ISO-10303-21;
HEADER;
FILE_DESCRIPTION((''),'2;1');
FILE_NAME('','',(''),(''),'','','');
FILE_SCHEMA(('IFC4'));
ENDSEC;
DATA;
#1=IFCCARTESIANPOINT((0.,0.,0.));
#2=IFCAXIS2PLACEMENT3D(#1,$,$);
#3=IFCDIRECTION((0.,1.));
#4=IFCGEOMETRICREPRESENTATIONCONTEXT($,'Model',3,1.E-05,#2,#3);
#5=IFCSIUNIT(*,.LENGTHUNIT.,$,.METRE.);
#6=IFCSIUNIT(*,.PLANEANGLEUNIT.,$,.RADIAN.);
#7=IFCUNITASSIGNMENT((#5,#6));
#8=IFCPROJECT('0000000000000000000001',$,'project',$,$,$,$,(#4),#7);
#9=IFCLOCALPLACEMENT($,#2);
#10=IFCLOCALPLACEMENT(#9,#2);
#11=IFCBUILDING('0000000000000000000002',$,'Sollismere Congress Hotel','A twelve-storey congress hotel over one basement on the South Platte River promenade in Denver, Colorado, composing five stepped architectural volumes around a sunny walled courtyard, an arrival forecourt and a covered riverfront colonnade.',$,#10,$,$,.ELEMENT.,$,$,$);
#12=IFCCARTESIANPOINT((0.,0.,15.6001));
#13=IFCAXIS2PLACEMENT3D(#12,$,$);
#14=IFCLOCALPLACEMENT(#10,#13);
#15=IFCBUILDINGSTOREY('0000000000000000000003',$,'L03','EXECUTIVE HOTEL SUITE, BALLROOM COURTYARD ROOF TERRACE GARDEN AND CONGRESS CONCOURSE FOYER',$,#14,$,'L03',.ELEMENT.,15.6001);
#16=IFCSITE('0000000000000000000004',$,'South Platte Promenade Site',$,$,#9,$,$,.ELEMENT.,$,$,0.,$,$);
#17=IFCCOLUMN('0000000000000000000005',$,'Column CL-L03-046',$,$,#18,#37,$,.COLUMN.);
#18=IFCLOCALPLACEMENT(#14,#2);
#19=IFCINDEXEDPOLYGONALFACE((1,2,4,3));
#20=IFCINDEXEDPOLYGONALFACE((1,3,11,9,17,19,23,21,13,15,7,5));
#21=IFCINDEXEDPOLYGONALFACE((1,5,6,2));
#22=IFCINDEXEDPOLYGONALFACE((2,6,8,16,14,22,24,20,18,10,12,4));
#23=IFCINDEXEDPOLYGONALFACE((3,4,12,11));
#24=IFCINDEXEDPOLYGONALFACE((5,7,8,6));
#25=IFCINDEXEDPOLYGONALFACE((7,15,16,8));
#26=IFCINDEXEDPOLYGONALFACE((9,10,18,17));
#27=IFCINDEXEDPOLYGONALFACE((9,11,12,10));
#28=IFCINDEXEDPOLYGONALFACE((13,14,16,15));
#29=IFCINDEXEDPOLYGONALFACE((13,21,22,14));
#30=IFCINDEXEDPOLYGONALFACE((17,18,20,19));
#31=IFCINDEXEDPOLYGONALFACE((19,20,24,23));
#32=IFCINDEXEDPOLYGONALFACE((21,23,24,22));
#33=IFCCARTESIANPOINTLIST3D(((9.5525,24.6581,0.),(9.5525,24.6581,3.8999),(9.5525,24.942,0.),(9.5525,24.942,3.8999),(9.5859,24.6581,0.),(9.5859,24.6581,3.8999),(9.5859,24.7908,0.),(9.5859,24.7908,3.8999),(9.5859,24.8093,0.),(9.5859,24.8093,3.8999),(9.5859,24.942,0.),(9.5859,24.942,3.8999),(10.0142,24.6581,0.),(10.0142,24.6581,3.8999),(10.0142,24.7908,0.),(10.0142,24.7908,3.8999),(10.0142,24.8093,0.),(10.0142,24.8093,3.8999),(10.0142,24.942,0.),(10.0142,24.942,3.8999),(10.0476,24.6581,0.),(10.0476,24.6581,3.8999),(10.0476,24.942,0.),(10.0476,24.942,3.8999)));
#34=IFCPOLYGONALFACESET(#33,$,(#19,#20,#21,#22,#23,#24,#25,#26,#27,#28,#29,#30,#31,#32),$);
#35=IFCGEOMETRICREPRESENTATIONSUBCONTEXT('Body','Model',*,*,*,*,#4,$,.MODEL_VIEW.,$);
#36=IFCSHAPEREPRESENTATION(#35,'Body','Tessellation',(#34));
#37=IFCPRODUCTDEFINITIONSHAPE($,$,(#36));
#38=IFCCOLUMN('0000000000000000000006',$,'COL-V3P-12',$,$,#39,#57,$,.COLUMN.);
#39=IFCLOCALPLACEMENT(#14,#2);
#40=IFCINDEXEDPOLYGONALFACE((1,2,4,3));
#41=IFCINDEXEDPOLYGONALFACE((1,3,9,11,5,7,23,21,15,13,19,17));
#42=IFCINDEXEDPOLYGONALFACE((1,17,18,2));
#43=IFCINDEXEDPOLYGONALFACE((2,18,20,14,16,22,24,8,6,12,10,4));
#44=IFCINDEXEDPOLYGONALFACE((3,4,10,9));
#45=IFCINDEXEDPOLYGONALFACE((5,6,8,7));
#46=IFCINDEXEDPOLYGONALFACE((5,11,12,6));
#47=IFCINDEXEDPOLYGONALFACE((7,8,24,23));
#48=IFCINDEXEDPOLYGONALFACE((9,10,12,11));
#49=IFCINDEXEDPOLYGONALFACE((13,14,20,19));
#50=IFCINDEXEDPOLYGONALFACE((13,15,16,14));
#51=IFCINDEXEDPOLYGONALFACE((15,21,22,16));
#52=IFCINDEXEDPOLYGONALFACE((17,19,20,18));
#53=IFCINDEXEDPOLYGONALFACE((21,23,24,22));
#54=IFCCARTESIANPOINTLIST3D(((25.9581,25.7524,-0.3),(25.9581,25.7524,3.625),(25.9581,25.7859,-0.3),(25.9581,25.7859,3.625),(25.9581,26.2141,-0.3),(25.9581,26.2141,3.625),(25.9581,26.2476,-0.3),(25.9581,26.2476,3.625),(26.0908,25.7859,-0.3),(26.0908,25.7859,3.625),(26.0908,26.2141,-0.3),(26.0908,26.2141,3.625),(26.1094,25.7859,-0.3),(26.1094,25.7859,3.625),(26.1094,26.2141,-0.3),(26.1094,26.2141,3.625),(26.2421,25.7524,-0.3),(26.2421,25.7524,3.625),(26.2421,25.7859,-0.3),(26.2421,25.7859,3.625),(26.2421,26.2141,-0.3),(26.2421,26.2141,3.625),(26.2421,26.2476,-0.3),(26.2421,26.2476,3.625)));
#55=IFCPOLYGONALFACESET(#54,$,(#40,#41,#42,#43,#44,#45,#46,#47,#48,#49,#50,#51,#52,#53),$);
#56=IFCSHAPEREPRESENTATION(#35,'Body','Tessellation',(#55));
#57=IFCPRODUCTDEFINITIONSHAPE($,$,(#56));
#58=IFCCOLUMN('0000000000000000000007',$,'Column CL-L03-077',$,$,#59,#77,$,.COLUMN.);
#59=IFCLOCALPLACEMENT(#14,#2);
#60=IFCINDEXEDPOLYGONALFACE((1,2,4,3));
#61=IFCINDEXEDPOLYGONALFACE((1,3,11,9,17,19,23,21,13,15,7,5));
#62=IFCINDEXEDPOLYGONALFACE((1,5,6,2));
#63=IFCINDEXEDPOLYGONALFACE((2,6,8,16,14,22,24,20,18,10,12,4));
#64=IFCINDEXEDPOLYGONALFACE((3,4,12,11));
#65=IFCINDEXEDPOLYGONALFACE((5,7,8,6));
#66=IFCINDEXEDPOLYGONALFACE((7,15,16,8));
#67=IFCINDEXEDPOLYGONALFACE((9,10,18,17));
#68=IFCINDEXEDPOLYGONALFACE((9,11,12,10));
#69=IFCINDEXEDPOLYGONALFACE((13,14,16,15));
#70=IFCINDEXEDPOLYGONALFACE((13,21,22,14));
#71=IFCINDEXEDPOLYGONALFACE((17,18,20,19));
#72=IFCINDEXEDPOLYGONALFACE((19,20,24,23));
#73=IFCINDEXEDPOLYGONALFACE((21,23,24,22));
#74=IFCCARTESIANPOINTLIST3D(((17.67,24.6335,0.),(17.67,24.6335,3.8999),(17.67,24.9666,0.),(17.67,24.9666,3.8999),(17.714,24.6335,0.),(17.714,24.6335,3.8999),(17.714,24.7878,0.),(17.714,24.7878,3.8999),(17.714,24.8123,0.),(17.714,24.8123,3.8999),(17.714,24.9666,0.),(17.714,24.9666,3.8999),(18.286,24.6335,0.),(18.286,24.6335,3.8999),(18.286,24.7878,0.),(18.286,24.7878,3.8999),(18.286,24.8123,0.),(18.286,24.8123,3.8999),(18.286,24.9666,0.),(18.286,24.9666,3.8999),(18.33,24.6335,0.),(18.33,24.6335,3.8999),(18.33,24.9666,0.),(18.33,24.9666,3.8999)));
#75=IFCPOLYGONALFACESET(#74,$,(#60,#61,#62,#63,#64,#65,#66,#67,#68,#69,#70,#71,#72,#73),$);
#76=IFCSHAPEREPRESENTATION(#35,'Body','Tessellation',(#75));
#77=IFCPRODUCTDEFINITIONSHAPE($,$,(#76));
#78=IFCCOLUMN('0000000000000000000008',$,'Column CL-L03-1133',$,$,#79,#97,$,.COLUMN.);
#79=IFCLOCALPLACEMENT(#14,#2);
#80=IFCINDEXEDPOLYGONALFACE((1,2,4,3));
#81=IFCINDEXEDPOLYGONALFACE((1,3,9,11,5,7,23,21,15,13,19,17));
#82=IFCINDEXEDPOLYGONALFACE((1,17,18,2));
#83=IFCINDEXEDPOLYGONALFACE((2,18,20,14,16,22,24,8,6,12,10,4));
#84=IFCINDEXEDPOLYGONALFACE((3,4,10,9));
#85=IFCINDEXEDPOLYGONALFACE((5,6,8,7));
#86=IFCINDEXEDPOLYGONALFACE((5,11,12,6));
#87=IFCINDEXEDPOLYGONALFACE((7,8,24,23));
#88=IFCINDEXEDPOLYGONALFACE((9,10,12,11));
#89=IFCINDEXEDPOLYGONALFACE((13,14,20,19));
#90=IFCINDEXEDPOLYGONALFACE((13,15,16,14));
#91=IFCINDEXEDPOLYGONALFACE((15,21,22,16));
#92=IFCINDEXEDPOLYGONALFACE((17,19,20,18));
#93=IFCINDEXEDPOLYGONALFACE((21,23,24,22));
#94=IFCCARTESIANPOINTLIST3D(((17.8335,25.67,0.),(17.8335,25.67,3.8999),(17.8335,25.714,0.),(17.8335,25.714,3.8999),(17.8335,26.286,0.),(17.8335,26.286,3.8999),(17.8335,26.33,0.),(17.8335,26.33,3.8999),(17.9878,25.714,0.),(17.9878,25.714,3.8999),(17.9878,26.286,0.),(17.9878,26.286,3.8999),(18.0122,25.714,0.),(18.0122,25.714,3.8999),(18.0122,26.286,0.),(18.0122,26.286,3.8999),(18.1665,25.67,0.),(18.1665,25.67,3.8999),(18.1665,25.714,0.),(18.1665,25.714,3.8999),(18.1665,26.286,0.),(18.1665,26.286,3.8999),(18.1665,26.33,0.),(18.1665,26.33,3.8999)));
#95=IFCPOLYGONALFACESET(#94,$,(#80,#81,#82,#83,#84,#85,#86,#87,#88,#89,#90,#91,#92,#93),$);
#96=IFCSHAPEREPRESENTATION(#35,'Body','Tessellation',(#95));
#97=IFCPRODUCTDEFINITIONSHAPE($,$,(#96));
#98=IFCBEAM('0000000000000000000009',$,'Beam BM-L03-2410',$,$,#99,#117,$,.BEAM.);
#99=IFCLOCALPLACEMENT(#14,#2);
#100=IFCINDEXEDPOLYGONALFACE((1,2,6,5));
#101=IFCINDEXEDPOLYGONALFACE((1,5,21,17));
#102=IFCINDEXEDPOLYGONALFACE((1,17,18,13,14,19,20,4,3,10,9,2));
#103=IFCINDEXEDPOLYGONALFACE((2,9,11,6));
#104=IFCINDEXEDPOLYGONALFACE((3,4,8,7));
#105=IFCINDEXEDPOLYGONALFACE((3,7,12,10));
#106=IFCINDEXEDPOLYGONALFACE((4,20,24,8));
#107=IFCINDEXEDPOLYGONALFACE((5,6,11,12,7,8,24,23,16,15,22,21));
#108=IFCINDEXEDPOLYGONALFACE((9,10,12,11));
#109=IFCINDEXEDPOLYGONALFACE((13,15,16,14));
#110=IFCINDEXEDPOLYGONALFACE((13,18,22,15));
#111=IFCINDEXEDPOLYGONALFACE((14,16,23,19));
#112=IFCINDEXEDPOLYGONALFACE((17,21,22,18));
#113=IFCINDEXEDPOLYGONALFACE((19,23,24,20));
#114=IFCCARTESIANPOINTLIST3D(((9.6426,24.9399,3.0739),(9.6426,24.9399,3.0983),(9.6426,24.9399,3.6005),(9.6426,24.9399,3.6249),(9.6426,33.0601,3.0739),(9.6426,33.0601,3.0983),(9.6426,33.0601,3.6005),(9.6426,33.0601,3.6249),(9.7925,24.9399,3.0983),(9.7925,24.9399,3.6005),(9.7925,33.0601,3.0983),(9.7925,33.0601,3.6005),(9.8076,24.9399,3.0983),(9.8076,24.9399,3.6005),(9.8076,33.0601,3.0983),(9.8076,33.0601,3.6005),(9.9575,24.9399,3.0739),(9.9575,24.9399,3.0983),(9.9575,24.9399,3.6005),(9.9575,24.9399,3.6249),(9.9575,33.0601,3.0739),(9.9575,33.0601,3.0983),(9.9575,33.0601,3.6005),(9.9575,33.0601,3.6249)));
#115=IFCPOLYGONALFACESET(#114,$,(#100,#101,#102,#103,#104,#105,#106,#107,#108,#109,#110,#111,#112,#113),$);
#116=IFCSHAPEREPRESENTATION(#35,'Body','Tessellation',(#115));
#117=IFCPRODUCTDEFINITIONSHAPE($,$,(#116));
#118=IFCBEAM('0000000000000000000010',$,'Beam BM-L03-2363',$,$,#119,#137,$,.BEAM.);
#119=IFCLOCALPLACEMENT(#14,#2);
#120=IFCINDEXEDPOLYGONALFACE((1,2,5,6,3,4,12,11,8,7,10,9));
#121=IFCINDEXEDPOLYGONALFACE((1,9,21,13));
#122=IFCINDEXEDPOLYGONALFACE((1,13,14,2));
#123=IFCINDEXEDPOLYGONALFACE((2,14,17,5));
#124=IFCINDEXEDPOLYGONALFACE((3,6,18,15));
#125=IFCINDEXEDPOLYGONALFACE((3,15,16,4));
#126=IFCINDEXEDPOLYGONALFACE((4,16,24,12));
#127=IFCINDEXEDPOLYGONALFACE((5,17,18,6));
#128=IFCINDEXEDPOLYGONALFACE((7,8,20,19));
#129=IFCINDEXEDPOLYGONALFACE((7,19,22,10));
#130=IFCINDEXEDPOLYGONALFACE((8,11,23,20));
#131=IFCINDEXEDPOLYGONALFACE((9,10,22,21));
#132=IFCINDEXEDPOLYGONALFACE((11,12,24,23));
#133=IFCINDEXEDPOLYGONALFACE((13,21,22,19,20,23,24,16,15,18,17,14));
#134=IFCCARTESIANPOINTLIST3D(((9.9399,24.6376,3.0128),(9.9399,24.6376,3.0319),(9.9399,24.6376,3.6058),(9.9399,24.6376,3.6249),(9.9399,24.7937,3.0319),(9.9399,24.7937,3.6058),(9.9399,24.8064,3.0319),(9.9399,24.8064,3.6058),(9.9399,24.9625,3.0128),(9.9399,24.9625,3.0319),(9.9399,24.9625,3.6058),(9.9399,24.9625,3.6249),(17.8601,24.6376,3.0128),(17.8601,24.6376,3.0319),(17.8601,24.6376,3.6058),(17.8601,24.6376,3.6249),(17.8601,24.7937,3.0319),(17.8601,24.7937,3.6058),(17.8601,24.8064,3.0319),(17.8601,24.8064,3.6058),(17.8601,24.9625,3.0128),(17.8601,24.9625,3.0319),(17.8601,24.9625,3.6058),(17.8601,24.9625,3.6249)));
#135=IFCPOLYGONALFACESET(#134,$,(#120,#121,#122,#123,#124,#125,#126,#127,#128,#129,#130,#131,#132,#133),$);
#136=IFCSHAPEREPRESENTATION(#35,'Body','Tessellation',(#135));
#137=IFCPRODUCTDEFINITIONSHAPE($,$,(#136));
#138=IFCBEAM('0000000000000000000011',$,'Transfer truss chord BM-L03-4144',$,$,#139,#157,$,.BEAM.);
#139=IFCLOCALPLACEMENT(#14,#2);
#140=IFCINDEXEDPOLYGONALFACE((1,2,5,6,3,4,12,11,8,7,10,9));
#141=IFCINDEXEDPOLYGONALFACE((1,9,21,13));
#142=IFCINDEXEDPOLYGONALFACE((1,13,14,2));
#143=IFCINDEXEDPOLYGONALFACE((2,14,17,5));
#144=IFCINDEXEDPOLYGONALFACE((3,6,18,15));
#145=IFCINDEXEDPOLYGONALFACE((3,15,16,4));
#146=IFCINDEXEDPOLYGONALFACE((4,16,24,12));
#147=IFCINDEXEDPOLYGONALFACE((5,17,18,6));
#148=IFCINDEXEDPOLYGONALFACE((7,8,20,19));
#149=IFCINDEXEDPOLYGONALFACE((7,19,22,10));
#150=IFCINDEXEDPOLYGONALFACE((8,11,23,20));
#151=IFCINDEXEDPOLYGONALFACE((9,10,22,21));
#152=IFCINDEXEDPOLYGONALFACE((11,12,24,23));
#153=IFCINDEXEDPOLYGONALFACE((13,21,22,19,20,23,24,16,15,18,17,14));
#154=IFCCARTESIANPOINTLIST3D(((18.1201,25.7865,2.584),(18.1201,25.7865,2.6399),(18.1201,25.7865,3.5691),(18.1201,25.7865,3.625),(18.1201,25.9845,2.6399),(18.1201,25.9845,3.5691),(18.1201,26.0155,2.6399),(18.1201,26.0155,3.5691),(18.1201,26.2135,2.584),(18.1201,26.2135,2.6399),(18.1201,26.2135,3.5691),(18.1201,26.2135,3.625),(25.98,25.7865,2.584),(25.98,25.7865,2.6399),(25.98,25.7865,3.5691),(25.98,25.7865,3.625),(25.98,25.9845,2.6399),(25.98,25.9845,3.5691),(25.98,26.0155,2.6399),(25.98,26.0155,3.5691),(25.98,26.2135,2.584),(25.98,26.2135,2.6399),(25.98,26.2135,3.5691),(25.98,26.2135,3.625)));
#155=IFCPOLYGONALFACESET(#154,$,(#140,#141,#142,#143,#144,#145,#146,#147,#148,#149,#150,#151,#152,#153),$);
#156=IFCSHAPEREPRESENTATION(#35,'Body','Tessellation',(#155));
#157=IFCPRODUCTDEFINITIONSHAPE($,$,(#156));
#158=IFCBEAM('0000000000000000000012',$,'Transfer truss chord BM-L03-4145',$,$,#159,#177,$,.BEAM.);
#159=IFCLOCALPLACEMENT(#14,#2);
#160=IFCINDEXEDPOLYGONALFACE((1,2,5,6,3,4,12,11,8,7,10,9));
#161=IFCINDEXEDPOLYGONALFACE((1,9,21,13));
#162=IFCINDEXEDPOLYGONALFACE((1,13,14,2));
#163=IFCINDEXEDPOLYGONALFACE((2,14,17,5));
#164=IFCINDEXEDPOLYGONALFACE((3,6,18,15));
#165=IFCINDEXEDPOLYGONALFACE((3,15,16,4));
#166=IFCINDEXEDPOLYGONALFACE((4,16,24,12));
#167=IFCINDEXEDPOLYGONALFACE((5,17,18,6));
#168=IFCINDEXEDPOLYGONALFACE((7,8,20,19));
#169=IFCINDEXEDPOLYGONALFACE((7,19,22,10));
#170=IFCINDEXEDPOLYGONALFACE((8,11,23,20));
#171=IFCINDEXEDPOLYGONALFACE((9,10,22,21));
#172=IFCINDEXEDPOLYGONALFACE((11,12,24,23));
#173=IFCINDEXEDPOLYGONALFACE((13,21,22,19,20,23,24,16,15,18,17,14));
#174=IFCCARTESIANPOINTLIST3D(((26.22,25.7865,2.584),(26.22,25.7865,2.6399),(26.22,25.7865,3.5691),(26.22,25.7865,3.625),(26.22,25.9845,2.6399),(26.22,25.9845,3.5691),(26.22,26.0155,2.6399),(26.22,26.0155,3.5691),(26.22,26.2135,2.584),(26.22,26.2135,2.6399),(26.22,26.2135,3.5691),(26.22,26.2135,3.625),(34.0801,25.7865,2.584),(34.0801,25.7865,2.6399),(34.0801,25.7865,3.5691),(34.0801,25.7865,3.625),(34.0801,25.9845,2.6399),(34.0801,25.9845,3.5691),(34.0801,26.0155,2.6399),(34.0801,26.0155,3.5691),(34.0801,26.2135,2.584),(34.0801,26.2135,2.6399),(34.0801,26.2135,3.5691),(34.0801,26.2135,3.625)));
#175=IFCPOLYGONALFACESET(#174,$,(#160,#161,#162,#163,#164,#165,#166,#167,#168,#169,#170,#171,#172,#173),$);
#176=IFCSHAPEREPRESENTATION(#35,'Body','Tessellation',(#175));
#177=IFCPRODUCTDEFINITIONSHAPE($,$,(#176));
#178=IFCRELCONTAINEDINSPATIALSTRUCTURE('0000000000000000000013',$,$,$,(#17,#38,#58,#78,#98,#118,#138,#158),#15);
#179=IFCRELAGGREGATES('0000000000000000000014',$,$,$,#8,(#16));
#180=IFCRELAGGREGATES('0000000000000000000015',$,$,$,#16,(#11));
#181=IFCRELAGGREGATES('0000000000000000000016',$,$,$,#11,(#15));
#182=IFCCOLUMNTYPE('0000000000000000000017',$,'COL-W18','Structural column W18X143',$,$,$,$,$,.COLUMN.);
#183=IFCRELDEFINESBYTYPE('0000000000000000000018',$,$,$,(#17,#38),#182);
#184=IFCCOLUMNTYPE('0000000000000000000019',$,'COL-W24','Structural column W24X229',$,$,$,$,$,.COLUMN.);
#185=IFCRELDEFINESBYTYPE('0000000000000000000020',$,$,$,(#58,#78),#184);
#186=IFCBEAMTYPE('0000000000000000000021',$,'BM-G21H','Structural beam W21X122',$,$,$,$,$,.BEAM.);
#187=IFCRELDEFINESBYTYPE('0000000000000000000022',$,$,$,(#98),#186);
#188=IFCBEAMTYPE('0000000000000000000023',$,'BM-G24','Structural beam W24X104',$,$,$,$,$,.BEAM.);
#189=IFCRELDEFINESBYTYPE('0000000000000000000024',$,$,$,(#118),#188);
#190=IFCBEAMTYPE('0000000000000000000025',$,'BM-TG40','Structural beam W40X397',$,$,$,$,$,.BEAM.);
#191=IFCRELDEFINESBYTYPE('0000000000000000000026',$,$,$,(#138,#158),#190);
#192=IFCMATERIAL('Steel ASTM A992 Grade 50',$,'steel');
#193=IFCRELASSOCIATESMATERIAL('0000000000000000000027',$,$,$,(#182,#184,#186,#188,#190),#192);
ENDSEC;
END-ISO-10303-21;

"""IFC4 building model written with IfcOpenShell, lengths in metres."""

from ifc_helpers import new_model, si_unit, direction, frame, origin, origin_2d, place, context, subcontext, project, spatial, i_section, extrude, material, material_profile, profile_set, type_object, element, save


model = new_model("IFC4")

# Units and contexts
model_context = context("Model", 3, precision=1e-05, world=origin(), true_north=direction((0.0, 1.0)))
body_context = subcontext(model_context, "Body", "Model", "MODEL_VIEW")
ifc_project = project(units=[si_unit("LENGTHUNIT", "METRE"), si_unit("PLANEANGLEUNIT", "RADIAN")], contexts=[model_context])

# Site, building, storey
site_placement = place(None, origin())
site = spatial("IfcSite", under=ifc_project, at=site_placement, Name="South Platte Promenade Site", CompositionType="ELEMENT", RefElevation=0.0)
building_placement = place(site_placement, origin())
building = spatial("IfcBuilding", under=site, at=building_placement, Name="Sollismere Congress Hotel", Description="A twelve-storey congress hotel over one basement on the South Platte River promenade in Denver, Colorado, composing five stepped architectural volumes around a sunny walled courtyard, an arrival forecourt and a covered riverfront colonnade.", CompositionType="ELEMENT")
storey_placement = place(building_placement, frame((0.0, 0.0, 15.6001)))
storey = spatial("IfcBuildingStorey", under=building, at=storey_placement, Name="L03", Description="EXECUTIVE HOTEL SUITE, BALLROOM COURTYARD ROOF TERRACE GARDEN AND CONGRESS CONCOURSE FOYER", LongName="L03", CompositionType="ELEMENT", Elevation=15.6001)

# Columns
ifc_material_1 = material(Name="Steel ASTM A992 Grade 50", Category="steel")
ifc_material_profile_1 = material_profile(ifc_material_1, i_section(OverallWidth=0.2839, OverallDepth=0.4951, WebThickness=0.0186, FlangeThickness=0.0334, at=origin_2d()), Name="W18X143")
ifc_profile_set_1 = profile_set([ifc_material_profile_1], Name="Steel ASTM A992 Grade 50")
column_type_1 = type_object("IfcColumnType", Name="COL-W18", Description="Structural column W18X143", PredefinedType="COLUMN", material=ifc_profile_set_1)
column_1_placement = place(storey_placement, frame((9.8, 24.8, 0.0), z_axis=(0.0, 0.0, 1.0), x_axis=(0.0, 1.0, 0.0)))
element("IfcColumn", 1, at=column_1_placement, inside=storey, type_object=column_type_1, Name="Column CL-L03-046", PredefinedType="COLUMN", context=body_context, shape_type="SweptSolid", body=[
    extrude(i_section(OverallWidth=0.2839, OverallDepth=0.4951, WebThickness=0.0186, FlangeThickness=0.0334, at=origin_2d()), origin(), (0.0, 0.0, 1.0), 3.8999),
])
column_2_placement = place(storey_placement, frame((26.1001, 26.0, -0.3), z_axis=(0.0, 0.0, 1.0), x_axis=(1.0, 0.0, 0.0)))
element("IfcColumn", 2, at=column_2_placement, inside=storey, type_object=column_type_1, Name="COL-V3P-12", PredefinedType="COLUMN", context=body_context, shape_type="SweptSolid", body=[
    extrude(i_section(OverallWidth=0.2839, OverallDepth=0.4951, WebThickness=0.0186, FlangeThickness=0.0334, at=origin_2d()), origin(), (0.0, 0.0, 1.0), 3.925),
])
ifc_material_profile_2 = material_profile(ifc_material_1, i_section(OverallWidth=0.333, OverallDepth=0.6599, WebThickness=0.0244, FlangeThickness=0.0439, at=origin_2d()), Name="W24X229")
ifc_profile_set_2 = profile_set([ifc_material_profile_2], Name="Steel ASTM A992 Grade 50")
column_type_2 = type_object("IfcColumnType", Name="COL-W24", Description="Structural column W24X229", PredefinedType="COLUMN", material=ifc_profile_set_2)
for number, where, z_axis, x_axis, name in (
    (3, (18.0, 24.8, 0.0), (0.0, 0.0, 1.0), (0.0, 1.0, 0.0), "Column CL-L03-077"),
    (4, (18.0, 26.0, 0.0), (0.0, 0.0, 1.0), (1.0, 0.0, 0.0), "Column CL-L03-1133"),
):
    element("IfcColumn", number, at=place(storey_placement, frame(where, z_axis=z_axis, x_axis=x_axis)), inside=storey, type_object=column_type_2, Name=name, PredefinedType="COLUMN", context=body_context, shape_type="SweptSolid", body=[
        extrude(i_section(OverallWidth=0.333, OverallDepth=0.6599, WebThickness=0.0244, FlangeThickness=0.0439, at=origin_2d()), origin(), (0.0, 0.0, 1.0), 3.8999),
    ])

# Beams
ifc_material_profile_3 = material_profile(ifc_material_1, i_section(OverallWidth=0.3149, OverallDepth=0.551, WebThickness=0.0151, FlangeThickness=0.0244, at=origin_2d()), Name="W21X122")
ifc_profile_set_3 = profile_set([ifc_material_profile_3], Name="Steel ASTM A992 Grade 50")
beam_type_1 = type_object("IfcBeamType", Name="BM-G21H", Description="Structural beam W21X122", PredefinedType="BEAM", material=ifc_profile_set_3)
beam_1_placement = place(storey_placement, frame((9.8, 24.9399, 3.3494), z_axis=(0.0, 1.0, 0.0), x_axis=(-1.0, 0.0, 0.0)))
element("IfcBeam", 5, at=beam_1_placement, inside=storey, type_object=beam_type_1, Name="Beam BM-L03-2410", PredefinedType="BEAM", context=body_context, shape_type="SweptSolid", body=[
    extrude(i_section(OverallWidth=0.3149, OverallDepth=0.551, WebThickness=0.0151, FlangeThickness=0.0244, at=origin_2d()), origin(), (0.0, 0.0, 1.0), 8.1201),
])
ifc_material_profile_4 = material_profile(ifc_material_1, i_section(OverallWidth=0.325, OverallDepth=0.6121, WebThickness=0.0127, FlangeThickness=0.019, at=origin_2d()), Name="W24X104")
ifc_profile_set_4 = profile_set([ifc_material_profile_4], Name="Steel ASTM A992 Grade 50")
beam_type_2 = type_object("IfcBeamType", Name="BM-G24", Description="Structural beam W24X104", PredefinedType="BEAM", material=ifc_profile_set_4)
beam_2_placement = place(storey_placement, frame((9.9399, 24.8, 3.3188), z_axis=(1.0, 0.0, 0.0), x_axis=(0.0, 1.0, 0.0)))
element("IfcBeam", 6, at=beam_2_placement, inside=storey, type_object=beam_type_2, Name="Beam BM-L03-2363", PredefinedType="BEAM", context=body_context, shape_type="SweptSolid", body=[
    extrude(i_section(OverallWidth=0.325, OverallDepth=0.6121, WebThickness=0.0127, FlangeThickness=0.019, at=origin_2d()), origin(), (0.0, 0.0, 1.0), 7.9202),
])
ifc_material_profile_5 = material_profile(ifc_material_1, i_section(OverallWidth=0.427, OverallDepth=1.041, WebThickness=0.031, FlangeThickness=0.0559, at=origin_2d()), Name="W40X397")
ifc_profile_set_5 = profile_set([ifc_material_profile_5], Name="Steel ASTM A992 Grade 50")
beam_type_3 = type_object("IfcBeamType", Name="BM-TG40", Description="Structural beam W40X397", PredefinedType="BEAM", material=ifc_profile_set_5)
beam_3_placement = place(storey_placement, frame((18.1201, 26.0, 3.1045), z_axis=(1.0, 0.0, 0.0), x_axis=(0.0, 1.0, 0.0)))
element("IfcBeam", 7, at=beam_3_placement, inside=storey, type_object=beam_type_3, Name="Transfer truss chord BM-L03-4144", PredefinedType="BEAM", context=body_context, shape_type="SweptSolid", body=[
    extrude(i_section(OverallWidth=0.427, OverallDepth=1.041, WebThickness=0.031, FlangeThickness=0.0559, at=origin_2d()), origin(), (0.0, 0.0, 1.0), 7.8599),
])
beam_4_placement = place(storey_placement, frame((26.22, 26.0, 3.1045), z_axis=(1.0, 0.0, 0.0), x_axis=(0.0, 1.0, 0.0)))
element("IfcBeam", 8, at=beam_4_placement, inside=storey, type_object=beam_type_3, Name="Transfer truss chord BM-L03-4145", PredefinedType="BEAM", context=body_context, shape_type="SweptSolid", body=[
    extrude(i_section(OverallWidth=0.427, OverallDepth=1.041, WebThickness=0.031, FlangeThickness=0.0559, at=origin_2d()), origin(), (0.0, 0.0, 1.0), 7.8601),
])

save(model, "model.ifc")
